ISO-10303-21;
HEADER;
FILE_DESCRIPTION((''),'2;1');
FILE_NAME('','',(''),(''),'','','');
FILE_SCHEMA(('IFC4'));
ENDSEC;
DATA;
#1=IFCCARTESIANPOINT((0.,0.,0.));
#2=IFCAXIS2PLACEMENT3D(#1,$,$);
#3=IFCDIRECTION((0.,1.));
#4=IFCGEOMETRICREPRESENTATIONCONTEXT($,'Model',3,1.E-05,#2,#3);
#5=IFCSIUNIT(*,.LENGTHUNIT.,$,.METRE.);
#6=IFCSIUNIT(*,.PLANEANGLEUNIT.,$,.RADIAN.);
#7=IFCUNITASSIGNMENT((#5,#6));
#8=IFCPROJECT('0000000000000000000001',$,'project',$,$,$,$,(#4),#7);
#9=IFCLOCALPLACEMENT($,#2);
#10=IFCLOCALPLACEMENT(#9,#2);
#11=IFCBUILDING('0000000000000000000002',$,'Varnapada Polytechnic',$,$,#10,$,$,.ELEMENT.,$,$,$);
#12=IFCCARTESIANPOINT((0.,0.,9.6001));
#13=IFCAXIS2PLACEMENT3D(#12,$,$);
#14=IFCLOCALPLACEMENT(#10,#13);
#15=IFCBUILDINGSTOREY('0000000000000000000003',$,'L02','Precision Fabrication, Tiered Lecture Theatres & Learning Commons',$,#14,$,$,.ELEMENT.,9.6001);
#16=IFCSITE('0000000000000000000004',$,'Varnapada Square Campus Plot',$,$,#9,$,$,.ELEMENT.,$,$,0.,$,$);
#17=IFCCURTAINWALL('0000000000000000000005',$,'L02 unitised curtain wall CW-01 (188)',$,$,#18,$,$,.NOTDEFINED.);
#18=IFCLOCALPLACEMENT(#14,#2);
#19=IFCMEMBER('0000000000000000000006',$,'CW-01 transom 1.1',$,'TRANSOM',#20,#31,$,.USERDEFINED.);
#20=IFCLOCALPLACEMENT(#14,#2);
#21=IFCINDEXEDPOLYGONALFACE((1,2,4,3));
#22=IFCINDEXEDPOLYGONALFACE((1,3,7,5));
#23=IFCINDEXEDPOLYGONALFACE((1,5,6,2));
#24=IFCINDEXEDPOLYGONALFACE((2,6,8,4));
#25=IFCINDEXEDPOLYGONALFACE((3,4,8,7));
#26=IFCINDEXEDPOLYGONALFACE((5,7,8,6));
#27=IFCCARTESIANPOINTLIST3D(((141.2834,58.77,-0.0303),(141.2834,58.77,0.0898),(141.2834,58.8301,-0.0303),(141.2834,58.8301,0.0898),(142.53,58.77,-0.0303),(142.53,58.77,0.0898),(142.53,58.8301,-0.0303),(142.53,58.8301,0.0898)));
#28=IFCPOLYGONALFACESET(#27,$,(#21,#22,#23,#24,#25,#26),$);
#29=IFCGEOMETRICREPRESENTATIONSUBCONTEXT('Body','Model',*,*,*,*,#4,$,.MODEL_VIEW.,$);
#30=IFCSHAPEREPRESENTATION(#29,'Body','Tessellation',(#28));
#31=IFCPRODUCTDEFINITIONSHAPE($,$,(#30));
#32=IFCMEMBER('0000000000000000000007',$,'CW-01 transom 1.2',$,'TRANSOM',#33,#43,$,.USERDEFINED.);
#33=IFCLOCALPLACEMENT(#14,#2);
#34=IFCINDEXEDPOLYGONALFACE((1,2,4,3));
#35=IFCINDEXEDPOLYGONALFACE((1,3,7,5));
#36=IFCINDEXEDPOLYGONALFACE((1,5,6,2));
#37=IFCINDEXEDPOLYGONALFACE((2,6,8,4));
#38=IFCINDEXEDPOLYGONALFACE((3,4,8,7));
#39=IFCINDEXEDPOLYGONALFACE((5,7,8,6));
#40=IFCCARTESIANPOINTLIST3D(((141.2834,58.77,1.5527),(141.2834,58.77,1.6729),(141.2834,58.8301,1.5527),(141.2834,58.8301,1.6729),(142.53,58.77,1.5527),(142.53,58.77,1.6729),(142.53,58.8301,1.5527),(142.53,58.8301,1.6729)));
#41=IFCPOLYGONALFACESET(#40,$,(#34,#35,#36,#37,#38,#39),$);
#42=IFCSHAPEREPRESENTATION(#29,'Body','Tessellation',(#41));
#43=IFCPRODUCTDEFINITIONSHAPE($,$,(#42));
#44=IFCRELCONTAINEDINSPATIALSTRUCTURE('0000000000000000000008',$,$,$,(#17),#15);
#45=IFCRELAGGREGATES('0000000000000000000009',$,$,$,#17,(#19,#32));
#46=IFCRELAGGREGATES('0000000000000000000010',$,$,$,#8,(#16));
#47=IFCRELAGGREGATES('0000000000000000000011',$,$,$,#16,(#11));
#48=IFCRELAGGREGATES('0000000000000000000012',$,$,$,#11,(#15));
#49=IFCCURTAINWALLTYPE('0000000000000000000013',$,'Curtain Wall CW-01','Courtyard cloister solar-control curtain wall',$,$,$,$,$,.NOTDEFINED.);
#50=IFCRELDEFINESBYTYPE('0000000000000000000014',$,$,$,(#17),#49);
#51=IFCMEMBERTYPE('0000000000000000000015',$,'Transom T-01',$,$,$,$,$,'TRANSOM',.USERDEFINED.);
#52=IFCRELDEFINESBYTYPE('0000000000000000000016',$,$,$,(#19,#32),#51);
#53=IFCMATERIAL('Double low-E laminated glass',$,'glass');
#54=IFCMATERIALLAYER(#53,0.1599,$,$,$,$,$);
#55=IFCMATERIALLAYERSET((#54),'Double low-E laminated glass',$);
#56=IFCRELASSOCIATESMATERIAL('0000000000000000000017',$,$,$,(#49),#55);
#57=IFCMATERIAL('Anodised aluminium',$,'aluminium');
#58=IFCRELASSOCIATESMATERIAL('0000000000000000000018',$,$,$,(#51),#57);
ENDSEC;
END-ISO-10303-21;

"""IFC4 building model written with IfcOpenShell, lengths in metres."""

from ifc_helpers import new_model, si_unit, direction, frame, origin, origin_2d, place, context, subcontext, project, spatial, rectangle, extrude, material, layer, layer_set, material_profile, profile_set, type_object, element, aggregate, save


model = new_model("IFC4")

# Units and contexts
model_context = context("Model", 3, precision=1e-05, world=origin(), true_north=direction((0.0, 1.0)))
body_context = subcontext(model_context, "Body", "Model", "MODEL_VIEW")
ifc_project = project(units=[si_unit("LENGTHUNIT", "METRE"), si_unit("PLANEANGLEUNIT", "RADIAN")], contexts=[model_context])

# Site, building, storey
site_placement = place(None, origin())
site = spatial("IfcSite", under=ifc_project, at=site_placement, Name="Varnapada Square Campus Plot", CompositionType="ELEMENT", RefElevation=0.0)
building_placement = place(site_placement, origin())
building = spatial("IfcBuilding", under=site, at=building_placement, Name="Varnapada Polytechnic", CompositionType="ELEMENT")
storey_placement = place(building_placement, frame((0.0, 0.0, 9.6001)))
storey = spatial("IfcBuildingStorey", under=building, at=storey_placement, Name="L02", Description="Precision Fabrication, Tiered Lecture Theatres & Learning Commons", CompositionType="ELEMENT", Elevation=9.6001)

# Curtain wall, members
ifc_material_1 = material(Name="Double low-E laminated glass", Category="glass")
ifc_layer_1 = layer(ifc_material_1, 0.1599)
ifc_layer_set_1 = layer_set([ifc_layer_1], Name="Double low-E laminated glass")
curtain_wall_type = type_object("IfcCurtainWallType", Name="Curtain Wall CW-01", Description="Courtyard cloister solar-control curtain wall", PredefinedType="NOTDEFINED", material=ifc_layer_set_1)
curtain_wall_placement = place(storey_placement, origin())
curtain_wall = element("IfcCurtainWall", 1, at=curtain_wall_placement, inside=storey, type_object=curtain_wall_type, Name="L02 unitised curtain wall CW-01 (188)", PredefinedType="NOTDEFINED")
ifc_material_2 = material(Name="Anodised aluminium", Category="aluminium")
ifc_material_profile = material_profile(ifc_material_2, rectangle(XDim=0.0601, YDim=0.1201, at=origin_2d()), Name="ALU T60x120")
ifc_profile_set = profile_set([ifc_material_profile], Name="Anodised aluminium")
member_type = type_object("IfcMemberType", Name="Transom T-01", ElementType="TRANSOM", PredefinedType="USERDEFINED", material=ifc_profile_set)
member_1_placement = place(storey_placement, frame((142.53, 58.8, 0.0298), z_axis=(-1.0, 0.0, 0.0), x_axis=(0.0, -1.0, 0.0)))
member_1 = element("IfcMember", 2, at=member_1_placement, type_object=member_type, Name="CW-01 transom 1.1", ObjectType="TRANSOM", PredefinedType="USERDEFINED", context=body_context, shape_type="SweptSolid", body=[
    extrude(rectangle(XDim=0.0601, YDim=0.1201, at=origin_2d()), origin(), (0.0, 0.0, 1.0), 1.2466),
])
member_2_placement = place(storey_placement, frame((142.53, 58.8, 1.6128), z_axis=(-1.0, 0.0, 0.0), x_axis=(0.0, -1.0, 0.0)))
member_2 = element("IfcMember", 3, at=member_2_placement, type_object=member_type, Name="CW-01 transom 1.2", ObjectType="TRANSOM", PredefinedType="USERDEFINED", context=body_context, shape_type="SweptSolid", body=[
    extrude(rectangle(XDim=0.0601, YDim=0.1201, at=origin_2d()), origin(), (0.0, 0.0, 1.0), 1.2466),
])
aggregate(curtain_wall, [member_1, member_2])

save(model, "model.ifc")
